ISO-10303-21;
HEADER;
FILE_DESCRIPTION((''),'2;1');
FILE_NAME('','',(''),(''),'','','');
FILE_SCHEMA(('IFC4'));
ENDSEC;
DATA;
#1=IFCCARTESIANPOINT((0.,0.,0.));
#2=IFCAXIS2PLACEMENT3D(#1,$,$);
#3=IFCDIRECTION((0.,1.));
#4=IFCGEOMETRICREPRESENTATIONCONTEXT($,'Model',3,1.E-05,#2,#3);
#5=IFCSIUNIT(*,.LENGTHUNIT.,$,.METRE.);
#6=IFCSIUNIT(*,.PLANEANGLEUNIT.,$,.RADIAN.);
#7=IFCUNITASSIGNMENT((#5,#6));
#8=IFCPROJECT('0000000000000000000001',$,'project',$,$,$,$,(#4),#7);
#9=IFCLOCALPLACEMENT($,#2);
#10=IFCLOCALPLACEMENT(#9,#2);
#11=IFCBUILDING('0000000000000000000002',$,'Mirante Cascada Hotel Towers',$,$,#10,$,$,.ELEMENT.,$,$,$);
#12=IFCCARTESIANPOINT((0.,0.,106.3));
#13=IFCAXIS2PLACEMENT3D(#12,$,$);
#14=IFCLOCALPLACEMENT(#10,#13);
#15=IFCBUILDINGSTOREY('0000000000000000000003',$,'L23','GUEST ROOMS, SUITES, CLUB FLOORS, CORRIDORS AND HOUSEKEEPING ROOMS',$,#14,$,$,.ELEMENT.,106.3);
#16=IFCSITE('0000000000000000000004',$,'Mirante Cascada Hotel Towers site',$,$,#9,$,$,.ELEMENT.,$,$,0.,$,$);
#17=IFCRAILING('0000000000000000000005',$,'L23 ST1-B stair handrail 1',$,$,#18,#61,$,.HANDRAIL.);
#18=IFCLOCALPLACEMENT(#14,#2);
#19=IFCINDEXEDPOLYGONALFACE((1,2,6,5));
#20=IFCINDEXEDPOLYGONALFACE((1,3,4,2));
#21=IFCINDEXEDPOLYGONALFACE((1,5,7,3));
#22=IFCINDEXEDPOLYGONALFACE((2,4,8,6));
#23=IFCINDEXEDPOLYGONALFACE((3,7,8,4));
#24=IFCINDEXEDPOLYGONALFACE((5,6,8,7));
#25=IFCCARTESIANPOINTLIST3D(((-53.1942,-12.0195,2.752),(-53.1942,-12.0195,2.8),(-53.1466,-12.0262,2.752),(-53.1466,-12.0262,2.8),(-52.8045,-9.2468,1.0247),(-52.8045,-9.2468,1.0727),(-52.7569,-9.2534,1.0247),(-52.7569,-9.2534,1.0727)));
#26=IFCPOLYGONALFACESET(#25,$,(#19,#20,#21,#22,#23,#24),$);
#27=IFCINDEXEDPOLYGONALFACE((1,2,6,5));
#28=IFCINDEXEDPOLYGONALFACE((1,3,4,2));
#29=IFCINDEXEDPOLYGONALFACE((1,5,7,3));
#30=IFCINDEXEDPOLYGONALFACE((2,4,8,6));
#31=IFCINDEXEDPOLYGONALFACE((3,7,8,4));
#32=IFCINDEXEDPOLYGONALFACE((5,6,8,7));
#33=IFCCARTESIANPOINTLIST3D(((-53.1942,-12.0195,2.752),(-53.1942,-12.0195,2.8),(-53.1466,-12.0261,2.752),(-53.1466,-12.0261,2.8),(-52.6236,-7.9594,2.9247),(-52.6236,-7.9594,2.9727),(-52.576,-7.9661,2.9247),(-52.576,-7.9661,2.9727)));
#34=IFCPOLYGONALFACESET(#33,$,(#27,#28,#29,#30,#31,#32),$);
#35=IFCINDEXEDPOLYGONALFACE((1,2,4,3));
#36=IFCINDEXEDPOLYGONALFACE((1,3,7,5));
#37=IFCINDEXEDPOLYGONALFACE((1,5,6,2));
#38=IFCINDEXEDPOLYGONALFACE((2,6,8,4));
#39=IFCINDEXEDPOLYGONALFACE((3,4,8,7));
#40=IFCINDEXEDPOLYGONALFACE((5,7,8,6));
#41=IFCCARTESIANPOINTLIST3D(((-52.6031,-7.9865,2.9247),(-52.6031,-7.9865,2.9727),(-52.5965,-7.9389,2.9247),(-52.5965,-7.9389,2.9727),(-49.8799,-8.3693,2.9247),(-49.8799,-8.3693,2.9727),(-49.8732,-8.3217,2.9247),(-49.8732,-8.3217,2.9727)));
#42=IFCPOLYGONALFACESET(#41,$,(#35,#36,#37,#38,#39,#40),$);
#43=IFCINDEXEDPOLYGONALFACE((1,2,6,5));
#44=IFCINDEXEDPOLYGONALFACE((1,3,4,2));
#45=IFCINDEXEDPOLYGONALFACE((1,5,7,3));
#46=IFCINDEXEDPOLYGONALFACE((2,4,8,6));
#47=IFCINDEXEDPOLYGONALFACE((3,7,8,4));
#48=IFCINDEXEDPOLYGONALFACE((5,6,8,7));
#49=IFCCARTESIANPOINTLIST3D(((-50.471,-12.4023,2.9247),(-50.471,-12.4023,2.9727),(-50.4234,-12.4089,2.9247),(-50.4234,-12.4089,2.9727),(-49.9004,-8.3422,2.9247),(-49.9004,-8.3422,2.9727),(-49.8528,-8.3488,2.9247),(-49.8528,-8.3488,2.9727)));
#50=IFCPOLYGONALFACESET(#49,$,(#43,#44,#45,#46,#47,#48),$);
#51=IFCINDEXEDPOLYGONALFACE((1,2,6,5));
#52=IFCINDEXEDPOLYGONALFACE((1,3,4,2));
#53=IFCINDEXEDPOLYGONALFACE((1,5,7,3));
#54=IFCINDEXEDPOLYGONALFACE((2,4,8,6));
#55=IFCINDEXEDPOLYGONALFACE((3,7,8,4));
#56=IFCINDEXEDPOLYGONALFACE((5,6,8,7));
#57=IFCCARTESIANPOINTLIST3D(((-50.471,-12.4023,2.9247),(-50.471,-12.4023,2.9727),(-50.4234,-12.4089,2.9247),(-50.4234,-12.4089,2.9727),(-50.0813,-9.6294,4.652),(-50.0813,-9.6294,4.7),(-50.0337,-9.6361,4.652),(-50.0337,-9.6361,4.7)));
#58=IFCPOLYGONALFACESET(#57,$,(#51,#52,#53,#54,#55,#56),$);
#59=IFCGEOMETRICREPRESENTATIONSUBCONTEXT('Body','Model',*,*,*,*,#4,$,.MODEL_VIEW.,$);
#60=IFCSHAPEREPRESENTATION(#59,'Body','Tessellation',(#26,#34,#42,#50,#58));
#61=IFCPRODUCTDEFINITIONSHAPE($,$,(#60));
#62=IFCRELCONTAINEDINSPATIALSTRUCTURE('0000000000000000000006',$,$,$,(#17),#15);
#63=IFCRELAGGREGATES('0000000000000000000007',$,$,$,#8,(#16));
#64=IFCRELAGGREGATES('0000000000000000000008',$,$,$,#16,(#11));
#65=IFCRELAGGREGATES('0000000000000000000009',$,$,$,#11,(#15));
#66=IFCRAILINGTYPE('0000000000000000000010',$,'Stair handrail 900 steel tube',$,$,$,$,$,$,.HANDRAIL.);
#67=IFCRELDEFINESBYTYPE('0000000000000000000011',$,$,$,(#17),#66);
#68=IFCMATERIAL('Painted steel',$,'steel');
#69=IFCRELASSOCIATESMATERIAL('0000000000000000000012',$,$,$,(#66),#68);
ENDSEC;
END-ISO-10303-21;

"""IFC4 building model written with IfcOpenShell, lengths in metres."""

from ifc_helpers import new_model, si_unit, direction, frame, origin, origin_2d, place, context, subcontext, project, spatial, rectangle, extrude, material, type_object, element, save


model = new_model("IFC4")

# Units and contexts
model_context = context("Model", 3, precision=1e-05, world=origin(), true_north=direction((0.0, 1.0)))
body_context = subcontext(model_context, "Body", "Model", "MODEL_VIEW")
ifc_project = project(units=[si_unit("LENGTHUNIT", "METRE"), si_unit("PLANEANGLEUNIT", "RADIAN")], contexts=[model_context])

# Site, building, storey
site_placement = place(None, origin())
site = spatial("IfcSite", under=ifc_project, at=site_placement, Name="Mirante Cascada Hotel Towers site", CompositionType="ELEMENT", RefElevation=0.0)
building_placement = place(site_placement, origin())
building = spatial("IfcBuilding", under=site, at=building_placement, Name="Mirante Cascada Hotel Towers", CompositionType="ELEMENT")
storey_placement = place(building_placement, frame((0.0, 0.0, 106.3)))
storey = spatial("IfcBuildingStorey", under=building, at=storey_placement, Name="L23", Description="GUEST ROOMS, SUITES, CLUB FLOORS, CORRIDORS AND HOUSEKEEPING ROOMS", CompositionType="ELEMENT", Elevation=106.3)

# Railing
ifc_material_1 = material(Name="Painted steel", Category="steel")
railing_type_1 = type_object("IfcRailingType", Name="Stair handrail 900 steel tube", PredefinedType="HANDRAIL", material=ifc_material_1)
railing_1_placement = place(storey_placement, frame((-52.7807, -9.2501, 0.1727)))
element("IfcRailing", 1, at=railing_1_placement, inside=storey, type_object=railing_type_1, Name="L23 ST1-B stair handrail 1", PredefinedType="HANDRAIL", context=body_context, shape_type="SweptSolid", body=[
    extrude(rectangle(XDim=0.048, YDim=0.048, at=origin_2d()), frame((0.0, 0.0, 0.876), z_axis=(-0.139181, -0.990267, 0.0), x_axis=(0.990267, -0.139181, 0.0)), (0.0, 0.525035, 0.851081), 3.2899),
    extrude(rectangle(XDim=0.048, YDim=0.048, at=origin_2d()), frame((-0.3897, -2.7727, 2.6033), z_axis=(0.139171, 0.990268, 0.0), x_axis=(-0.990268, 0.139171, 0.0)), (0.0, 0.042085, 0.999114), 4.1036),
    extrude(rectangle(XDim=0.048, YDim=0.048, at=origin_2d()), frame((0.1809, 1.2874, 2.776), z_axis=(0.990264, -0.139201, 0.0), x_axis=(0.139201, 0.990264, 0.0)), (0.0, 0.0, 1.0), 2.75),
    extrude(rectangle(XDim=0.048, YDim=0.048, at=origin_2d()), frame((2.9041, 0.9046, 2.776), z_axis=(-0.139171, -0.990268, 0.0), x_axis=(0.990268, -0.139171, 0.0)), (0.0, 0.0, 1.0), 4.1),
    extrude(rectangle(XDim=0.048, YDim=0.048, at=origin_2d()), frame((2.3335, -3.1555, 2.776), z_axis=(0.139176, 0.990268, 0.0), x_axis=(-0.990268, 0.139176, 0.0)), (0.0, 0.525021, 0.851089), 3.29),
])

save(model, "model.ifc")
